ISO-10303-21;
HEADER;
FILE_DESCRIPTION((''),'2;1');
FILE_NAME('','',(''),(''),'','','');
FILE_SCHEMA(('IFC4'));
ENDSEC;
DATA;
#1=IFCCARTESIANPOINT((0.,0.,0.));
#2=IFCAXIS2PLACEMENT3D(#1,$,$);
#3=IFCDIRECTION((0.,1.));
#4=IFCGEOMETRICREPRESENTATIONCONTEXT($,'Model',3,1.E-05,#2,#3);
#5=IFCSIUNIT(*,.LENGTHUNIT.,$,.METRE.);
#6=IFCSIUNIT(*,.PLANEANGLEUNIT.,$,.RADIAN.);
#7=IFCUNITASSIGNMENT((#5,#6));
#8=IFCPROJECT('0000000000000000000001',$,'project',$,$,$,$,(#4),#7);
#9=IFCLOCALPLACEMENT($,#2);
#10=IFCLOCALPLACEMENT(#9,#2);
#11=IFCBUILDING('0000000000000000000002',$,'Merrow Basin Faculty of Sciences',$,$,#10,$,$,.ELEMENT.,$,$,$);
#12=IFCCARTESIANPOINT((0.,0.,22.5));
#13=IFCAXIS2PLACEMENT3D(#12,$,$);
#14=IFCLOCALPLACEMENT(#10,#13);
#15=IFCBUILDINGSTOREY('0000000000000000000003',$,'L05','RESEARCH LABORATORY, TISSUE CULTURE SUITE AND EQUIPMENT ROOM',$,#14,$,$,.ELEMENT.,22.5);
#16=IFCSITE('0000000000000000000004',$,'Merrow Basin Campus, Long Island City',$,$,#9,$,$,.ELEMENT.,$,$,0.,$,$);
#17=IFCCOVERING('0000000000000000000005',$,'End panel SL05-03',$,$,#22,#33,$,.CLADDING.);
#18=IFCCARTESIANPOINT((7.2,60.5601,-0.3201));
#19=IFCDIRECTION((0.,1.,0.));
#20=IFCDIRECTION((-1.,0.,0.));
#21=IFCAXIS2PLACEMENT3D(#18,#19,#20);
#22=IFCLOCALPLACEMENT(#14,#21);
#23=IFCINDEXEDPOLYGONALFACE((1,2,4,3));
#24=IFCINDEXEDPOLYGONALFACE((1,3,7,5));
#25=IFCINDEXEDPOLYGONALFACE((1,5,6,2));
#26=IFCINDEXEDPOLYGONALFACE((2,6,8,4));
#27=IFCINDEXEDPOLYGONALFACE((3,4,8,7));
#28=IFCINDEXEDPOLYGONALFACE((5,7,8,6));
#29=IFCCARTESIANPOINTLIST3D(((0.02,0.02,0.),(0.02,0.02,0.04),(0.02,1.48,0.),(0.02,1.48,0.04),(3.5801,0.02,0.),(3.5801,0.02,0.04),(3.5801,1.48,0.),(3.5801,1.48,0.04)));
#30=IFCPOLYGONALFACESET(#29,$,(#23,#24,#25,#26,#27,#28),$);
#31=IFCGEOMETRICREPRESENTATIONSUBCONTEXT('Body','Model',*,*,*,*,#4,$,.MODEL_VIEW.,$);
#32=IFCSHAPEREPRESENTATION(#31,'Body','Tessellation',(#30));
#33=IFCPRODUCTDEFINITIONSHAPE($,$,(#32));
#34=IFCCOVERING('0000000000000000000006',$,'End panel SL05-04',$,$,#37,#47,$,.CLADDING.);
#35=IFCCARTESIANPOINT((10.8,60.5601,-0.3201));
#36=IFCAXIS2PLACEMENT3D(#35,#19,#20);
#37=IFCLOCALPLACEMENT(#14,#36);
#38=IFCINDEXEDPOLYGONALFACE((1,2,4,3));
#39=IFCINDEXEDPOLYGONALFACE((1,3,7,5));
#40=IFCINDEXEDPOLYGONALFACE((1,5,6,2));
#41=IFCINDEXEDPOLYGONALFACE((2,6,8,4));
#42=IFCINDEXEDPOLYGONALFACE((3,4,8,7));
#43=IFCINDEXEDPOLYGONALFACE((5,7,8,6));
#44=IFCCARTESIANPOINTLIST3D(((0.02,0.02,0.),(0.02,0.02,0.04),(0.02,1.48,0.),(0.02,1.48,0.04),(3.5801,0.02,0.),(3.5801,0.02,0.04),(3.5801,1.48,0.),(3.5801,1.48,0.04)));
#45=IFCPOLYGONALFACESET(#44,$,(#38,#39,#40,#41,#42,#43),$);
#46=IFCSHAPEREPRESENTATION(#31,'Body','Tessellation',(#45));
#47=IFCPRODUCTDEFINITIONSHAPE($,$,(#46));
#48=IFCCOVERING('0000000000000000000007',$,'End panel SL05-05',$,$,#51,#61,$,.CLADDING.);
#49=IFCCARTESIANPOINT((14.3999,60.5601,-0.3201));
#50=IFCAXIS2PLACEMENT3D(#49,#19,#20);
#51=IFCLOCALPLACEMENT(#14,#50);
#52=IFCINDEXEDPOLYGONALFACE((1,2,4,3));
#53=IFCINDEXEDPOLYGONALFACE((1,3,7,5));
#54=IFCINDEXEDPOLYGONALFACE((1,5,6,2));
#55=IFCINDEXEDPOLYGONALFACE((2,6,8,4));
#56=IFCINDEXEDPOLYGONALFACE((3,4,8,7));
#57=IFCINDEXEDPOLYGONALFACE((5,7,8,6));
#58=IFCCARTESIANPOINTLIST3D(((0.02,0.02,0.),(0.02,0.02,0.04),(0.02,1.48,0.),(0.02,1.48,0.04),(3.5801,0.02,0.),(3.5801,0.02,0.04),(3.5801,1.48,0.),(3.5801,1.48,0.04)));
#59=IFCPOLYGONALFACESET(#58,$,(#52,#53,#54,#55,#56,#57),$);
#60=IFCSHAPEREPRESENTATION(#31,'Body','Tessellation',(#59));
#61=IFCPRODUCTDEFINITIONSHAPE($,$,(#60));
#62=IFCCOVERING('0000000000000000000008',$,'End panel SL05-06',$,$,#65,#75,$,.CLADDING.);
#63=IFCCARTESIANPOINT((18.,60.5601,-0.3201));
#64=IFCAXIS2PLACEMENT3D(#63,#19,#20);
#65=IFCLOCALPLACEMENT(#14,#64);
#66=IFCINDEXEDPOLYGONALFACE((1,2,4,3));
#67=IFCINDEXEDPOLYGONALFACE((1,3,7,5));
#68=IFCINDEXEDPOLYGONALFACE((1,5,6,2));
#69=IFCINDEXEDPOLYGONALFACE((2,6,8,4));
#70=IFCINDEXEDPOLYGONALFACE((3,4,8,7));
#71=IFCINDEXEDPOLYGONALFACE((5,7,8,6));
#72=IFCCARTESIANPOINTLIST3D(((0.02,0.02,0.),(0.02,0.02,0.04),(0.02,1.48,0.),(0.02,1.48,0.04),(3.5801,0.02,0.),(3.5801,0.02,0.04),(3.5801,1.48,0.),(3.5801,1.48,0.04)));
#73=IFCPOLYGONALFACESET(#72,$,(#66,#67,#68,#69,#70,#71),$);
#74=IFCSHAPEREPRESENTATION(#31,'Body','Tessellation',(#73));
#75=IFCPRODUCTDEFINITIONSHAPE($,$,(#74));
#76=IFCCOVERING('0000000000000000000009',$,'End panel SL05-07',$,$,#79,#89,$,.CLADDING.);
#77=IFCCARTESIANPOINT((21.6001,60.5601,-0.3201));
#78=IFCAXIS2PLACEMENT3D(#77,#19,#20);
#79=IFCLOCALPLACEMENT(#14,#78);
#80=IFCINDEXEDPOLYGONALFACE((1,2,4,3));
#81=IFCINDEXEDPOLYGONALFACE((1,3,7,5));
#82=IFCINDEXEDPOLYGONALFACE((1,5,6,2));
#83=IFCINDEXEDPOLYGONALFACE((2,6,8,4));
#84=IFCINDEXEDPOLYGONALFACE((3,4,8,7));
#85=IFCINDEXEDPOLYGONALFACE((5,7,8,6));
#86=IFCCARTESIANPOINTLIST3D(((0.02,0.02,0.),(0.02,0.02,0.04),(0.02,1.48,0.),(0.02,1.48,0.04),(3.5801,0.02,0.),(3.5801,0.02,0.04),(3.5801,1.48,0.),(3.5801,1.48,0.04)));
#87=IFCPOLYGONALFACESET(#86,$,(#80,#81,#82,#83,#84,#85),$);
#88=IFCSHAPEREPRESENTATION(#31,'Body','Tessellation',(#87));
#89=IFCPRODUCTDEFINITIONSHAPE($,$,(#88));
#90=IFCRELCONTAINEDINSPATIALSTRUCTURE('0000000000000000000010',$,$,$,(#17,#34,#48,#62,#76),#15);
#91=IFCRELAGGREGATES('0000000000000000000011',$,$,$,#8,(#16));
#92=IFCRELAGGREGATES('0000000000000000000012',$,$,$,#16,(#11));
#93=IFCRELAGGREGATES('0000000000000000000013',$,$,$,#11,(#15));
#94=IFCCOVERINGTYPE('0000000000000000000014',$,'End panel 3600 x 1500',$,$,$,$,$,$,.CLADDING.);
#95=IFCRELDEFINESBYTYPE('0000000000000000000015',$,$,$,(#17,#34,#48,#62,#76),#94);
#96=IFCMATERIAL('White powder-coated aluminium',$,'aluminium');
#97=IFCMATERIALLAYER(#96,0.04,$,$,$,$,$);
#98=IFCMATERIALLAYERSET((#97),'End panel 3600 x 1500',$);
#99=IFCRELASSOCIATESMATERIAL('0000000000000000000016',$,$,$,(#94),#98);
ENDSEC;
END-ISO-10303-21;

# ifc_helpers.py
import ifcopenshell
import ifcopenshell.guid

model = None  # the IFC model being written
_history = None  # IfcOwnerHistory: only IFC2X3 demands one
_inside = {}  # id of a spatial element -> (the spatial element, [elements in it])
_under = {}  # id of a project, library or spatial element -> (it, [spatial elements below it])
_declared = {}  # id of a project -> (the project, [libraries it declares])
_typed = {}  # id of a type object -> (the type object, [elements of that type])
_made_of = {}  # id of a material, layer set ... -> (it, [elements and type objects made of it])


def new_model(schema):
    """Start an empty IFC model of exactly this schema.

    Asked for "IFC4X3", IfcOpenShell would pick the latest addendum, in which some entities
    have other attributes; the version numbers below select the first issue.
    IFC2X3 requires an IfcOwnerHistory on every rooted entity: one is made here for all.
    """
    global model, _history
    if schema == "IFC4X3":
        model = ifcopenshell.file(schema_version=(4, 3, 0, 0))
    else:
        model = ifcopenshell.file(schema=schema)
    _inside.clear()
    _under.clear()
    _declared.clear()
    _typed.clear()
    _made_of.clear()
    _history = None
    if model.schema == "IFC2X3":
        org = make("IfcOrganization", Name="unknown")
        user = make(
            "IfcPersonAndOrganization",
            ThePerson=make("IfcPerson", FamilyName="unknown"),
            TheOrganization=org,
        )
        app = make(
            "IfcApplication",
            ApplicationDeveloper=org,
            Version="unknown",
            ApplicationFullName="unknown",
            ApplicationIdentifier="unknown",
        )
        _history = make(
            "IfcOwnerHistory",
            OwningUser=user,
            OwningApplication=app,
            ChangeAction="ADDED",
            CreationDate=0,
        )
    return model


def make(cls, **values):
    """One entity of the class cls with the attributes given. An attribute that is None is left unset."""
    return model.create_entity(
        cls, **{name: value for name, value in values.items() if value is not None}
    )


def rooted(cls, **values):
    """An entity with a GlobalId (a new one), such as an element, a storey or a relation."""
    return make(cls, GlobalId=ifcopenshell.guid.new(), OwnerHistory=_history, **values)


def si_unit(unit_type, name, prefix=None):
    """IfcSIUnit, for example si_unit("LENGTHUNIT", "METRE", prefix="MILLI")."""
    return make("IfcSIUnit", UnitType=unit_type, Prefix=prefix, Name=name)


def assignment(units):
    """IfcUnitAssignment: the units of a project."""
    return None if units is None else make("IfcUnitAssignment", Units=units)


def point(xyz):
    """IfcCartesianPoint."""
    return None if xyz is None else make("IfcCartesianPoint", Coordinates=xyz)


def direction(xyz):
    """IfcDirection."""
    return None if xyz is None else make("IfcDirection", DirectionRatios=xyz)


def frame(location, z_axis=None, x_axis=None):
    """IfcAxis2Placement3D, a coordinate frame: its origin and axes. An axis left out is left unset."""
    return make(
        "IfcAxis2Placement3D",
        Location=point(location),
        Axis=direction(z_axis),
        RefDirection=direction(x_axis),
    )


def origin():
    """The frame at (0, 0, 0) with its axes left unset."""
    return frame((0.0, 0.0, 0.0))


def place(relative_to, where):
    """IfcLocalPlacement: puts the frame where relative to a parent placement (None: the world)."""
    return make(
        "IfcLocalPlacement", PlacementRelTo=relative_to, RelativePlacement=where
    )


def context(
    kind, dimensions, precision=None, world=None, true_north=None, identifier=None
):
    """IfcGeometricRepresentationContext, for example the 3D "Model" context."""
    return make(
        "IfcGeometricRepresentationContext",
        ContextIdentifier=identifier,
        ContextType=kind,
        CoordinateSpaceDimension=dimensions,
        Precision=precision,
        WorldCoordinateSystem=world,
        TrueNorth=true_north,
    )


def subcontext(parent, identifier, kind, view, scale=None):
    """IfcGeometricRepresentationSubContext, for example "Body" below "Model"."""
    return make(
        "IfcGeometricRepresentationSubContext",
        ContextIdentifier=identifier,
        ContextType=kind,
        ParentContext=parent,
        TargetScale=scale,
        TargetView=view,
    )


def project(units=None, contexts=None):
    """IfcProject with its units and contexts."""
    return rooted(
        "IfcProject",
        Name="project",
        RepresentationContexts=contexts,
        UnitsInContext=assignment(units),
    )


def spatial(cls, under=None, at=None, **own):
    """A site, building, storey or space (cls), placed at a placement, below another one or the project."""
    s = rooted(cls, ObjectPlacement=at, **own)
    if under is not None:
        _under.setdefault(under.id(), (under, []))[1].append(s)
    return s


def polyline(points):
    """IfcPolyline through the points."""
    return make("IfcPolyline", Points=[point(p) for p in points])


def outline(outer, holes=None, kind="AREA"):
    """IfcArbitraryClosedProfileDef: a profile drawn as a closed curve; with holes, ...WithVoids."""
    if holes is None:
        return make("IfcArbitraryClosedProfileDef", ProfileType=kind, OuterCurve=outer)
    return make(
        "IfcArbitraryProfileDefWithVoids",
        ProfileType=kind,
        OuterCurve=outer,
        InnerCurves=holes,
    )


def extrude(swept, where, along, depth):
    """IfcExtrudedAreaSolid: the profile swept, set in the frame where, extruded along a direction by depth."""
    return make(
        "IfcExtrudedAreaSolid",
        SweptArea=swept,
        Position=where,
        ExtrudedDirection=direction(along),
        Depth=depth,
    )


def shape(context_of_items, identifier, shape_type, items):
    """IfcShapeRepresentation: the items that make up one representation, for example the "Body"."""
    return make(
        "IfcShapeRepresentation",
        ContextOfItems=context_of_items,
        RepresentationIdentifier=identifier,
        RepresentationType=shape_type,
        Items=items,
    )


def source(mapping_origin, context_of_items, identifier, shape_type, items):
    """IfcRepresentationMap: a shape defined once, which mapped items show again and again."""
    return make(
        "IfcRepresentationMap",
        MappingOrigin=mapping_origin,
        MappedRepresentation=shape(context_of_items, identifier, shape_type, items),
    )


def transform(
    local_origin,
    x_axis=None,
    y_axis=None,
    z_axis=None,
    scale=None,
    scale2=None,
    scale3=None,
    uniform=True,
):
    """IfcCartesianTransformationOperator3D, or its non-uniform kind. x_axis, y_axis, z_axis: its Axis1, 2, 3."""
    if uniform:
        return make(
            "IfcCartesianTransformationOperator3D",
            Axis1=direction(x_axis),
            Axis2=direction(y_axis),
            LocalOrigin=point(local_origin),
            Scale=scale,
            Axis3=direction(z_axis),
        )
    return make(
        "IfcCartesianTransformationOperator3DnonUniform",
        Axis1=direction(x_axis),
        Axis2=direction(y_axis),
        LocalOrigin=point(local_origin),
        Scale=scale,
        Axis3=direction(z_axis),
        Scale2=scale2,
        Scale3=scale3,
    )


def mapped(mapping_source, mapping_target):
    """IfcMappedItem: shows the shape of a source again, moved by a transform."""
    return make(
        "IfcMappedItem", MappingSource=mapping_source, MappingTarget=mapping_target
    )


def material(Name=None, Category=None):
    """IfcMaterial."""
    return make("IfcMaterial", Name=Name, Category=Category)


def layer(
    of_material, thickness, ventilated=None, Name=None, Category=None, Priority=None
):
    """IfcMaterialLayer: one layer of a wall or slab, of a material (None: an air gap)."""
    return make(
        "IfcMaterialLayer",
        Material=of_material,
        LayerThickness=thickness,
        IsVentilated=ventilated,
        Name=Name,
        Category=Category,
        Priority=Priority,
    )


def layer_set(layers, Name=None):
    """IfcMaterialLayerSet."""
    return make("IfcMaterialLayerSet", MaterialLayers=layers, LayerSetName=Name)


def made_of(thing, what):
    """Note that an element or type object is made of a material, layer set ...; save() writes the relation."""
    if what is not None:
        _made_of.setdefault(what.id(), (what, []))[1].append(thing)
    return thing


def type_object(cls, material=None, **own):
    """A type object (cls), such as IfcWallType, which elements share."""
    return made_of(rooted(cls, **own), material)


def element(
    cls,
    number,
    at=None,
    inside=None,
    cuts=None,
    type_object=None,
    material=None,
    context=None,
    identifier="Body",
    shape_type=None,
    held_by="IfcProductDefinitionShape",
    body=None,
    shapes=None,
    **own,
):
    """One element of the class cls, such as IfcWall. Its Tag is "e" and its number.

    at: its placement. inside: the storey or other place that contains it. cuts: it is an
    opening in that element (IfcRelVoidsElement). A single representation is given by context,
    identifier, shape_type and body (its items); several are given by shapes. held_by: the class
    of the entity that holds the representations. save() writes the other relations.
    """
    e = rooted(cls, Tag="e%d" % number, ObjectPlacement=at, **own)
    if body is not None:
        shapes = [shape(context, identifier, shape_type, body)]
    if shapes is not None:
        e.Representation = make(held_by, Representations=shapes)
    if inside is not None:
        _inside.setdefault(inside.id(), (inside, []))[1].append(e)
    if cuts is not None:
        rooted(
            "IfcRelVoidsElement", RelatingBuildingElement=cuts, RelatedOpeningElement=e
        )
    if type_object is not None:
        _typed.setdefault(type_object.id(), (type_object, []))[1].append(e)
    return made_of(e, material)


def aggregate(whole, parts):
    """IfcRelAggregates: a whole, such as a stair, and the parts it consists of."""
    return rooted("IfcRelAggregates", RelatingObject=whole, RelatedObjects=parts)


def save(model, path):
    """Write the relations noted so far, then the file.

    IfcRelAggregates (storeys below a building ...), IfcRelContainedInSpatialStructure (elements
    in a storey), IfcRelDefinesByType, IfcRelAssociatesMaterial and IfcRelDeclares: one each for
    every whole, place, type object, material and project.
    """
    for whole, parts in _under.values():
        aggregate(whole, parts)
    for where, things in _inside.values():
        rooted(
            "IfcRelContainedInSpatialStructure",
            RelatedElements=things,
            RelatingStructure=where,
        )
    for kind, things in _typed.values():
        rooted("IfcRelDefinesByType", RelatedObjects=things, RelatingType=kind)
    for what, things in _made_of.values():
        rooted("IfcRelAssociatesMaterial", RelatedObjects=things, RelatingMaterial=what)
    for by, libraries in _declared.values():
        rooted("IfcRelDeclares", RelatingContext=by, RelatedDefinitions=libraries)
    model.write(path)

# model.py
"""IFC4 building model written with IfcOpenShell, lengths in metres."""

from ifc_helpers import new_model, si_unit, direction, frame, origin, place, context, subcontext, project, spatial, polyline, outline, extrude, source, transform, mapped, material, layer, layer_set, type_object, element, save


model = new_model("IFC4")

# Units and contexts
model_context = context("Model", 3, precision=1e-05, world=origin(), true_north=direction((0.0, 1.0)))
body_context = subcontext(model_context, "Body", "Model", "MODEL_VIEW")
ifc_project = project(units=[si_unit("LENGTHUNIT", "METRE"), si_unit("PLANEANGLEUNIT", "RADIAN")], contexts=[model_context])

# Site, building, storey
site_placement = place(None, origin())
site = spatial("IfcSite", under=ifc_project, at=site_placement, Name="Merrow Basin Campus, Long Island City", CompositionType="ELEMENT", RefElevation=0.0)
building_placement = place(site_placement, origin())
building = spatial("IfcBuilding", under=site, at=building_placement, Name="Merrow Basin Faculty of Sciences", CompositionType="ELEMENT")
storey_placement = place(building_placement, frame((0.0, 0.0, 22.5)))
storey = spatial("IfcBuildingStorey", under=building, at=storey_placement, Name="L05", Description="RESEARCH LABORATORY, TISSUE CULTURE SUITE AND EQUIPMENT ROOM", CompositionType="ELEMENT", Elevation=22.5)

# Coverings
ifc_material_1 = material(Name="White powder-coated aluminium", Category="aluminium")
ifc_layer_1 = layer(ifc_material_1, 0.04)
ifc_layer_set_1 = layer_set([ifc_layer_1], Name="End panel 3600 x 1500")
covering_type = type_object("IfcCoveringType", Name="End panel 3600 x 1500", PredefinedType="CLADDING", material=ifc_layer_set_1)
shared_shape_1 = source(origin(), body_context, "Body", "SweptSolid", [
    extrude(outline(polyline([(0.02, 0.02), (3.5801, 0.02), (3.5801, 1.48), (0.02, 1.48), (0.02, 0.02)])), origin(), (0.0, 0.0, 1.0), 0.04),
])
covering_1_placement = place(storey_placement, frame((7.2, 60.5601, -0.3201), z_axis=(0.0, 1.0, 0.0), x_axis=(-1.0, 0.0, 0.0)))
element("IfcCovering", 1, at=covering_1_placement, inside=storey, type_object=covering_type, Name="End panel SL05-03", PredefinedType="CLADDING", context=body_context, shape_type="MappedRepresentation", body=[
    mapped(shared_shape_1, transform((0.0, 0.0, 0.0), scale=1.0)),
])
shared_shape_2 = source(origin(), body_context, "Body", "SweptSolid", [
    extrude(outline(polyline([(0.02, 0.02), (3.5801, 0.02), (3.5801, 1.48), (0.02, 1.48), (0.02, 0.02)])), origin(), (0.0, 0.0, 1.0), 0.04),
])
covering_2_placement = place(storey_placement, frame((10.8, 60.5601, -0.3201), z_axis=(0.0, 1.0, 0.0), x_axis=(-1.0, 0.0, 0.0)))
element("IfcCovering", 2, at=covering_2_placement, inside=storey, type_object=covering_type, Name="End panel SL05-04", PredefinedType="CLADDING", context=body_context, shape_type="MappedRepresentation", body=[
    mapped(shared_shape_2, transform((0.0, 0.0, 0.0), scale=1.0)),
])
shared_shape_3 = source(origin(), body_context, "Body", "SweptSolid", [
    extrude(outline(polyline([(0.02, 0.02), (3.5801, 0.02), (3.5801, 1.48), (0.02, 1.48), (0.02, 0.02)])), origin(), (0.0, 0.0, 1.0), 0.04),
])
covering_3_placement = place(storey_placement, frame((14.3999, 60.5601, -0.3201), z_axis=(0.0, 1.0, 0.0), x_axis=(-1.0, 0.0, 0.0)))
element("IfcCovering", 3, at=covering_3_placement, inside=storey, type_object=covering_type, Name="End panel SL05-05", PredefinedType="CLADDING", context=body_context, shape_type="MappedRepresentation", body=[
    mapped(shared_shape_3, transform((0.0, 0.0, 0.0), scale=1.0)),
])
shared_shape_4 = source(origin(), body_context, "Body", "SweptSolid", [
    extrude(outline(polyline([(0.02, 0.02), (3.5801, 0.02), (3.5801, 1.48), (0.02, 1.48), (0.02, 0.02)])), origin(), (0.0, 0.0, 1.0), 0.04),
])
covering_4_placement = place(storey_placement, frame((18.0, 60.5601, -0.3201), z_axis=(0.0, 1.0, 0.0), x_axis=(-1.0, 0.0, 0.0)))
element("IfcCovering", 4, at=covering_4_placement, inside=storey, type_object=covering_type, Name="End panel SL05-06", PredefinedType="CLADDING", context=body_context, shape_type="MappedRepresentation", body=[
    mapped(shared_shape_4, transform((0.0, 0.0, 0.0), scale=1.0)),
])
shared_shape_5 = source(origin(), body_context, "Body", "SweptSolid", [
    extrude(outline(polyline([(0.02, 0.02), (3.5801, 0.02), (3.5801, 1.48), (0.02, 1.48), (0.02, 0.02)])), origin(), (0.0, 0.0, 1.0), 0.04),
])
covering_5_placement = place(storey_placement, frame((21.6001, 60.5601, -0.3201), z_axis=(0.0, 1.0, 0.0), x_axis=(-1.0, 0.0, 0.0)))
element("IfcCovering", 5, at=covering_5_placement, inside=storey, type_object=covering_type, Name="End panel SL05-07", PredefinedType="CLADDING", context=body_context, shape_type="MappedRepresentation", body=[
    mapped(shared_shape_5, transform((0.0, 0.0, 0.0), scale=1.0)),
])

save(model, "model.ifc")
